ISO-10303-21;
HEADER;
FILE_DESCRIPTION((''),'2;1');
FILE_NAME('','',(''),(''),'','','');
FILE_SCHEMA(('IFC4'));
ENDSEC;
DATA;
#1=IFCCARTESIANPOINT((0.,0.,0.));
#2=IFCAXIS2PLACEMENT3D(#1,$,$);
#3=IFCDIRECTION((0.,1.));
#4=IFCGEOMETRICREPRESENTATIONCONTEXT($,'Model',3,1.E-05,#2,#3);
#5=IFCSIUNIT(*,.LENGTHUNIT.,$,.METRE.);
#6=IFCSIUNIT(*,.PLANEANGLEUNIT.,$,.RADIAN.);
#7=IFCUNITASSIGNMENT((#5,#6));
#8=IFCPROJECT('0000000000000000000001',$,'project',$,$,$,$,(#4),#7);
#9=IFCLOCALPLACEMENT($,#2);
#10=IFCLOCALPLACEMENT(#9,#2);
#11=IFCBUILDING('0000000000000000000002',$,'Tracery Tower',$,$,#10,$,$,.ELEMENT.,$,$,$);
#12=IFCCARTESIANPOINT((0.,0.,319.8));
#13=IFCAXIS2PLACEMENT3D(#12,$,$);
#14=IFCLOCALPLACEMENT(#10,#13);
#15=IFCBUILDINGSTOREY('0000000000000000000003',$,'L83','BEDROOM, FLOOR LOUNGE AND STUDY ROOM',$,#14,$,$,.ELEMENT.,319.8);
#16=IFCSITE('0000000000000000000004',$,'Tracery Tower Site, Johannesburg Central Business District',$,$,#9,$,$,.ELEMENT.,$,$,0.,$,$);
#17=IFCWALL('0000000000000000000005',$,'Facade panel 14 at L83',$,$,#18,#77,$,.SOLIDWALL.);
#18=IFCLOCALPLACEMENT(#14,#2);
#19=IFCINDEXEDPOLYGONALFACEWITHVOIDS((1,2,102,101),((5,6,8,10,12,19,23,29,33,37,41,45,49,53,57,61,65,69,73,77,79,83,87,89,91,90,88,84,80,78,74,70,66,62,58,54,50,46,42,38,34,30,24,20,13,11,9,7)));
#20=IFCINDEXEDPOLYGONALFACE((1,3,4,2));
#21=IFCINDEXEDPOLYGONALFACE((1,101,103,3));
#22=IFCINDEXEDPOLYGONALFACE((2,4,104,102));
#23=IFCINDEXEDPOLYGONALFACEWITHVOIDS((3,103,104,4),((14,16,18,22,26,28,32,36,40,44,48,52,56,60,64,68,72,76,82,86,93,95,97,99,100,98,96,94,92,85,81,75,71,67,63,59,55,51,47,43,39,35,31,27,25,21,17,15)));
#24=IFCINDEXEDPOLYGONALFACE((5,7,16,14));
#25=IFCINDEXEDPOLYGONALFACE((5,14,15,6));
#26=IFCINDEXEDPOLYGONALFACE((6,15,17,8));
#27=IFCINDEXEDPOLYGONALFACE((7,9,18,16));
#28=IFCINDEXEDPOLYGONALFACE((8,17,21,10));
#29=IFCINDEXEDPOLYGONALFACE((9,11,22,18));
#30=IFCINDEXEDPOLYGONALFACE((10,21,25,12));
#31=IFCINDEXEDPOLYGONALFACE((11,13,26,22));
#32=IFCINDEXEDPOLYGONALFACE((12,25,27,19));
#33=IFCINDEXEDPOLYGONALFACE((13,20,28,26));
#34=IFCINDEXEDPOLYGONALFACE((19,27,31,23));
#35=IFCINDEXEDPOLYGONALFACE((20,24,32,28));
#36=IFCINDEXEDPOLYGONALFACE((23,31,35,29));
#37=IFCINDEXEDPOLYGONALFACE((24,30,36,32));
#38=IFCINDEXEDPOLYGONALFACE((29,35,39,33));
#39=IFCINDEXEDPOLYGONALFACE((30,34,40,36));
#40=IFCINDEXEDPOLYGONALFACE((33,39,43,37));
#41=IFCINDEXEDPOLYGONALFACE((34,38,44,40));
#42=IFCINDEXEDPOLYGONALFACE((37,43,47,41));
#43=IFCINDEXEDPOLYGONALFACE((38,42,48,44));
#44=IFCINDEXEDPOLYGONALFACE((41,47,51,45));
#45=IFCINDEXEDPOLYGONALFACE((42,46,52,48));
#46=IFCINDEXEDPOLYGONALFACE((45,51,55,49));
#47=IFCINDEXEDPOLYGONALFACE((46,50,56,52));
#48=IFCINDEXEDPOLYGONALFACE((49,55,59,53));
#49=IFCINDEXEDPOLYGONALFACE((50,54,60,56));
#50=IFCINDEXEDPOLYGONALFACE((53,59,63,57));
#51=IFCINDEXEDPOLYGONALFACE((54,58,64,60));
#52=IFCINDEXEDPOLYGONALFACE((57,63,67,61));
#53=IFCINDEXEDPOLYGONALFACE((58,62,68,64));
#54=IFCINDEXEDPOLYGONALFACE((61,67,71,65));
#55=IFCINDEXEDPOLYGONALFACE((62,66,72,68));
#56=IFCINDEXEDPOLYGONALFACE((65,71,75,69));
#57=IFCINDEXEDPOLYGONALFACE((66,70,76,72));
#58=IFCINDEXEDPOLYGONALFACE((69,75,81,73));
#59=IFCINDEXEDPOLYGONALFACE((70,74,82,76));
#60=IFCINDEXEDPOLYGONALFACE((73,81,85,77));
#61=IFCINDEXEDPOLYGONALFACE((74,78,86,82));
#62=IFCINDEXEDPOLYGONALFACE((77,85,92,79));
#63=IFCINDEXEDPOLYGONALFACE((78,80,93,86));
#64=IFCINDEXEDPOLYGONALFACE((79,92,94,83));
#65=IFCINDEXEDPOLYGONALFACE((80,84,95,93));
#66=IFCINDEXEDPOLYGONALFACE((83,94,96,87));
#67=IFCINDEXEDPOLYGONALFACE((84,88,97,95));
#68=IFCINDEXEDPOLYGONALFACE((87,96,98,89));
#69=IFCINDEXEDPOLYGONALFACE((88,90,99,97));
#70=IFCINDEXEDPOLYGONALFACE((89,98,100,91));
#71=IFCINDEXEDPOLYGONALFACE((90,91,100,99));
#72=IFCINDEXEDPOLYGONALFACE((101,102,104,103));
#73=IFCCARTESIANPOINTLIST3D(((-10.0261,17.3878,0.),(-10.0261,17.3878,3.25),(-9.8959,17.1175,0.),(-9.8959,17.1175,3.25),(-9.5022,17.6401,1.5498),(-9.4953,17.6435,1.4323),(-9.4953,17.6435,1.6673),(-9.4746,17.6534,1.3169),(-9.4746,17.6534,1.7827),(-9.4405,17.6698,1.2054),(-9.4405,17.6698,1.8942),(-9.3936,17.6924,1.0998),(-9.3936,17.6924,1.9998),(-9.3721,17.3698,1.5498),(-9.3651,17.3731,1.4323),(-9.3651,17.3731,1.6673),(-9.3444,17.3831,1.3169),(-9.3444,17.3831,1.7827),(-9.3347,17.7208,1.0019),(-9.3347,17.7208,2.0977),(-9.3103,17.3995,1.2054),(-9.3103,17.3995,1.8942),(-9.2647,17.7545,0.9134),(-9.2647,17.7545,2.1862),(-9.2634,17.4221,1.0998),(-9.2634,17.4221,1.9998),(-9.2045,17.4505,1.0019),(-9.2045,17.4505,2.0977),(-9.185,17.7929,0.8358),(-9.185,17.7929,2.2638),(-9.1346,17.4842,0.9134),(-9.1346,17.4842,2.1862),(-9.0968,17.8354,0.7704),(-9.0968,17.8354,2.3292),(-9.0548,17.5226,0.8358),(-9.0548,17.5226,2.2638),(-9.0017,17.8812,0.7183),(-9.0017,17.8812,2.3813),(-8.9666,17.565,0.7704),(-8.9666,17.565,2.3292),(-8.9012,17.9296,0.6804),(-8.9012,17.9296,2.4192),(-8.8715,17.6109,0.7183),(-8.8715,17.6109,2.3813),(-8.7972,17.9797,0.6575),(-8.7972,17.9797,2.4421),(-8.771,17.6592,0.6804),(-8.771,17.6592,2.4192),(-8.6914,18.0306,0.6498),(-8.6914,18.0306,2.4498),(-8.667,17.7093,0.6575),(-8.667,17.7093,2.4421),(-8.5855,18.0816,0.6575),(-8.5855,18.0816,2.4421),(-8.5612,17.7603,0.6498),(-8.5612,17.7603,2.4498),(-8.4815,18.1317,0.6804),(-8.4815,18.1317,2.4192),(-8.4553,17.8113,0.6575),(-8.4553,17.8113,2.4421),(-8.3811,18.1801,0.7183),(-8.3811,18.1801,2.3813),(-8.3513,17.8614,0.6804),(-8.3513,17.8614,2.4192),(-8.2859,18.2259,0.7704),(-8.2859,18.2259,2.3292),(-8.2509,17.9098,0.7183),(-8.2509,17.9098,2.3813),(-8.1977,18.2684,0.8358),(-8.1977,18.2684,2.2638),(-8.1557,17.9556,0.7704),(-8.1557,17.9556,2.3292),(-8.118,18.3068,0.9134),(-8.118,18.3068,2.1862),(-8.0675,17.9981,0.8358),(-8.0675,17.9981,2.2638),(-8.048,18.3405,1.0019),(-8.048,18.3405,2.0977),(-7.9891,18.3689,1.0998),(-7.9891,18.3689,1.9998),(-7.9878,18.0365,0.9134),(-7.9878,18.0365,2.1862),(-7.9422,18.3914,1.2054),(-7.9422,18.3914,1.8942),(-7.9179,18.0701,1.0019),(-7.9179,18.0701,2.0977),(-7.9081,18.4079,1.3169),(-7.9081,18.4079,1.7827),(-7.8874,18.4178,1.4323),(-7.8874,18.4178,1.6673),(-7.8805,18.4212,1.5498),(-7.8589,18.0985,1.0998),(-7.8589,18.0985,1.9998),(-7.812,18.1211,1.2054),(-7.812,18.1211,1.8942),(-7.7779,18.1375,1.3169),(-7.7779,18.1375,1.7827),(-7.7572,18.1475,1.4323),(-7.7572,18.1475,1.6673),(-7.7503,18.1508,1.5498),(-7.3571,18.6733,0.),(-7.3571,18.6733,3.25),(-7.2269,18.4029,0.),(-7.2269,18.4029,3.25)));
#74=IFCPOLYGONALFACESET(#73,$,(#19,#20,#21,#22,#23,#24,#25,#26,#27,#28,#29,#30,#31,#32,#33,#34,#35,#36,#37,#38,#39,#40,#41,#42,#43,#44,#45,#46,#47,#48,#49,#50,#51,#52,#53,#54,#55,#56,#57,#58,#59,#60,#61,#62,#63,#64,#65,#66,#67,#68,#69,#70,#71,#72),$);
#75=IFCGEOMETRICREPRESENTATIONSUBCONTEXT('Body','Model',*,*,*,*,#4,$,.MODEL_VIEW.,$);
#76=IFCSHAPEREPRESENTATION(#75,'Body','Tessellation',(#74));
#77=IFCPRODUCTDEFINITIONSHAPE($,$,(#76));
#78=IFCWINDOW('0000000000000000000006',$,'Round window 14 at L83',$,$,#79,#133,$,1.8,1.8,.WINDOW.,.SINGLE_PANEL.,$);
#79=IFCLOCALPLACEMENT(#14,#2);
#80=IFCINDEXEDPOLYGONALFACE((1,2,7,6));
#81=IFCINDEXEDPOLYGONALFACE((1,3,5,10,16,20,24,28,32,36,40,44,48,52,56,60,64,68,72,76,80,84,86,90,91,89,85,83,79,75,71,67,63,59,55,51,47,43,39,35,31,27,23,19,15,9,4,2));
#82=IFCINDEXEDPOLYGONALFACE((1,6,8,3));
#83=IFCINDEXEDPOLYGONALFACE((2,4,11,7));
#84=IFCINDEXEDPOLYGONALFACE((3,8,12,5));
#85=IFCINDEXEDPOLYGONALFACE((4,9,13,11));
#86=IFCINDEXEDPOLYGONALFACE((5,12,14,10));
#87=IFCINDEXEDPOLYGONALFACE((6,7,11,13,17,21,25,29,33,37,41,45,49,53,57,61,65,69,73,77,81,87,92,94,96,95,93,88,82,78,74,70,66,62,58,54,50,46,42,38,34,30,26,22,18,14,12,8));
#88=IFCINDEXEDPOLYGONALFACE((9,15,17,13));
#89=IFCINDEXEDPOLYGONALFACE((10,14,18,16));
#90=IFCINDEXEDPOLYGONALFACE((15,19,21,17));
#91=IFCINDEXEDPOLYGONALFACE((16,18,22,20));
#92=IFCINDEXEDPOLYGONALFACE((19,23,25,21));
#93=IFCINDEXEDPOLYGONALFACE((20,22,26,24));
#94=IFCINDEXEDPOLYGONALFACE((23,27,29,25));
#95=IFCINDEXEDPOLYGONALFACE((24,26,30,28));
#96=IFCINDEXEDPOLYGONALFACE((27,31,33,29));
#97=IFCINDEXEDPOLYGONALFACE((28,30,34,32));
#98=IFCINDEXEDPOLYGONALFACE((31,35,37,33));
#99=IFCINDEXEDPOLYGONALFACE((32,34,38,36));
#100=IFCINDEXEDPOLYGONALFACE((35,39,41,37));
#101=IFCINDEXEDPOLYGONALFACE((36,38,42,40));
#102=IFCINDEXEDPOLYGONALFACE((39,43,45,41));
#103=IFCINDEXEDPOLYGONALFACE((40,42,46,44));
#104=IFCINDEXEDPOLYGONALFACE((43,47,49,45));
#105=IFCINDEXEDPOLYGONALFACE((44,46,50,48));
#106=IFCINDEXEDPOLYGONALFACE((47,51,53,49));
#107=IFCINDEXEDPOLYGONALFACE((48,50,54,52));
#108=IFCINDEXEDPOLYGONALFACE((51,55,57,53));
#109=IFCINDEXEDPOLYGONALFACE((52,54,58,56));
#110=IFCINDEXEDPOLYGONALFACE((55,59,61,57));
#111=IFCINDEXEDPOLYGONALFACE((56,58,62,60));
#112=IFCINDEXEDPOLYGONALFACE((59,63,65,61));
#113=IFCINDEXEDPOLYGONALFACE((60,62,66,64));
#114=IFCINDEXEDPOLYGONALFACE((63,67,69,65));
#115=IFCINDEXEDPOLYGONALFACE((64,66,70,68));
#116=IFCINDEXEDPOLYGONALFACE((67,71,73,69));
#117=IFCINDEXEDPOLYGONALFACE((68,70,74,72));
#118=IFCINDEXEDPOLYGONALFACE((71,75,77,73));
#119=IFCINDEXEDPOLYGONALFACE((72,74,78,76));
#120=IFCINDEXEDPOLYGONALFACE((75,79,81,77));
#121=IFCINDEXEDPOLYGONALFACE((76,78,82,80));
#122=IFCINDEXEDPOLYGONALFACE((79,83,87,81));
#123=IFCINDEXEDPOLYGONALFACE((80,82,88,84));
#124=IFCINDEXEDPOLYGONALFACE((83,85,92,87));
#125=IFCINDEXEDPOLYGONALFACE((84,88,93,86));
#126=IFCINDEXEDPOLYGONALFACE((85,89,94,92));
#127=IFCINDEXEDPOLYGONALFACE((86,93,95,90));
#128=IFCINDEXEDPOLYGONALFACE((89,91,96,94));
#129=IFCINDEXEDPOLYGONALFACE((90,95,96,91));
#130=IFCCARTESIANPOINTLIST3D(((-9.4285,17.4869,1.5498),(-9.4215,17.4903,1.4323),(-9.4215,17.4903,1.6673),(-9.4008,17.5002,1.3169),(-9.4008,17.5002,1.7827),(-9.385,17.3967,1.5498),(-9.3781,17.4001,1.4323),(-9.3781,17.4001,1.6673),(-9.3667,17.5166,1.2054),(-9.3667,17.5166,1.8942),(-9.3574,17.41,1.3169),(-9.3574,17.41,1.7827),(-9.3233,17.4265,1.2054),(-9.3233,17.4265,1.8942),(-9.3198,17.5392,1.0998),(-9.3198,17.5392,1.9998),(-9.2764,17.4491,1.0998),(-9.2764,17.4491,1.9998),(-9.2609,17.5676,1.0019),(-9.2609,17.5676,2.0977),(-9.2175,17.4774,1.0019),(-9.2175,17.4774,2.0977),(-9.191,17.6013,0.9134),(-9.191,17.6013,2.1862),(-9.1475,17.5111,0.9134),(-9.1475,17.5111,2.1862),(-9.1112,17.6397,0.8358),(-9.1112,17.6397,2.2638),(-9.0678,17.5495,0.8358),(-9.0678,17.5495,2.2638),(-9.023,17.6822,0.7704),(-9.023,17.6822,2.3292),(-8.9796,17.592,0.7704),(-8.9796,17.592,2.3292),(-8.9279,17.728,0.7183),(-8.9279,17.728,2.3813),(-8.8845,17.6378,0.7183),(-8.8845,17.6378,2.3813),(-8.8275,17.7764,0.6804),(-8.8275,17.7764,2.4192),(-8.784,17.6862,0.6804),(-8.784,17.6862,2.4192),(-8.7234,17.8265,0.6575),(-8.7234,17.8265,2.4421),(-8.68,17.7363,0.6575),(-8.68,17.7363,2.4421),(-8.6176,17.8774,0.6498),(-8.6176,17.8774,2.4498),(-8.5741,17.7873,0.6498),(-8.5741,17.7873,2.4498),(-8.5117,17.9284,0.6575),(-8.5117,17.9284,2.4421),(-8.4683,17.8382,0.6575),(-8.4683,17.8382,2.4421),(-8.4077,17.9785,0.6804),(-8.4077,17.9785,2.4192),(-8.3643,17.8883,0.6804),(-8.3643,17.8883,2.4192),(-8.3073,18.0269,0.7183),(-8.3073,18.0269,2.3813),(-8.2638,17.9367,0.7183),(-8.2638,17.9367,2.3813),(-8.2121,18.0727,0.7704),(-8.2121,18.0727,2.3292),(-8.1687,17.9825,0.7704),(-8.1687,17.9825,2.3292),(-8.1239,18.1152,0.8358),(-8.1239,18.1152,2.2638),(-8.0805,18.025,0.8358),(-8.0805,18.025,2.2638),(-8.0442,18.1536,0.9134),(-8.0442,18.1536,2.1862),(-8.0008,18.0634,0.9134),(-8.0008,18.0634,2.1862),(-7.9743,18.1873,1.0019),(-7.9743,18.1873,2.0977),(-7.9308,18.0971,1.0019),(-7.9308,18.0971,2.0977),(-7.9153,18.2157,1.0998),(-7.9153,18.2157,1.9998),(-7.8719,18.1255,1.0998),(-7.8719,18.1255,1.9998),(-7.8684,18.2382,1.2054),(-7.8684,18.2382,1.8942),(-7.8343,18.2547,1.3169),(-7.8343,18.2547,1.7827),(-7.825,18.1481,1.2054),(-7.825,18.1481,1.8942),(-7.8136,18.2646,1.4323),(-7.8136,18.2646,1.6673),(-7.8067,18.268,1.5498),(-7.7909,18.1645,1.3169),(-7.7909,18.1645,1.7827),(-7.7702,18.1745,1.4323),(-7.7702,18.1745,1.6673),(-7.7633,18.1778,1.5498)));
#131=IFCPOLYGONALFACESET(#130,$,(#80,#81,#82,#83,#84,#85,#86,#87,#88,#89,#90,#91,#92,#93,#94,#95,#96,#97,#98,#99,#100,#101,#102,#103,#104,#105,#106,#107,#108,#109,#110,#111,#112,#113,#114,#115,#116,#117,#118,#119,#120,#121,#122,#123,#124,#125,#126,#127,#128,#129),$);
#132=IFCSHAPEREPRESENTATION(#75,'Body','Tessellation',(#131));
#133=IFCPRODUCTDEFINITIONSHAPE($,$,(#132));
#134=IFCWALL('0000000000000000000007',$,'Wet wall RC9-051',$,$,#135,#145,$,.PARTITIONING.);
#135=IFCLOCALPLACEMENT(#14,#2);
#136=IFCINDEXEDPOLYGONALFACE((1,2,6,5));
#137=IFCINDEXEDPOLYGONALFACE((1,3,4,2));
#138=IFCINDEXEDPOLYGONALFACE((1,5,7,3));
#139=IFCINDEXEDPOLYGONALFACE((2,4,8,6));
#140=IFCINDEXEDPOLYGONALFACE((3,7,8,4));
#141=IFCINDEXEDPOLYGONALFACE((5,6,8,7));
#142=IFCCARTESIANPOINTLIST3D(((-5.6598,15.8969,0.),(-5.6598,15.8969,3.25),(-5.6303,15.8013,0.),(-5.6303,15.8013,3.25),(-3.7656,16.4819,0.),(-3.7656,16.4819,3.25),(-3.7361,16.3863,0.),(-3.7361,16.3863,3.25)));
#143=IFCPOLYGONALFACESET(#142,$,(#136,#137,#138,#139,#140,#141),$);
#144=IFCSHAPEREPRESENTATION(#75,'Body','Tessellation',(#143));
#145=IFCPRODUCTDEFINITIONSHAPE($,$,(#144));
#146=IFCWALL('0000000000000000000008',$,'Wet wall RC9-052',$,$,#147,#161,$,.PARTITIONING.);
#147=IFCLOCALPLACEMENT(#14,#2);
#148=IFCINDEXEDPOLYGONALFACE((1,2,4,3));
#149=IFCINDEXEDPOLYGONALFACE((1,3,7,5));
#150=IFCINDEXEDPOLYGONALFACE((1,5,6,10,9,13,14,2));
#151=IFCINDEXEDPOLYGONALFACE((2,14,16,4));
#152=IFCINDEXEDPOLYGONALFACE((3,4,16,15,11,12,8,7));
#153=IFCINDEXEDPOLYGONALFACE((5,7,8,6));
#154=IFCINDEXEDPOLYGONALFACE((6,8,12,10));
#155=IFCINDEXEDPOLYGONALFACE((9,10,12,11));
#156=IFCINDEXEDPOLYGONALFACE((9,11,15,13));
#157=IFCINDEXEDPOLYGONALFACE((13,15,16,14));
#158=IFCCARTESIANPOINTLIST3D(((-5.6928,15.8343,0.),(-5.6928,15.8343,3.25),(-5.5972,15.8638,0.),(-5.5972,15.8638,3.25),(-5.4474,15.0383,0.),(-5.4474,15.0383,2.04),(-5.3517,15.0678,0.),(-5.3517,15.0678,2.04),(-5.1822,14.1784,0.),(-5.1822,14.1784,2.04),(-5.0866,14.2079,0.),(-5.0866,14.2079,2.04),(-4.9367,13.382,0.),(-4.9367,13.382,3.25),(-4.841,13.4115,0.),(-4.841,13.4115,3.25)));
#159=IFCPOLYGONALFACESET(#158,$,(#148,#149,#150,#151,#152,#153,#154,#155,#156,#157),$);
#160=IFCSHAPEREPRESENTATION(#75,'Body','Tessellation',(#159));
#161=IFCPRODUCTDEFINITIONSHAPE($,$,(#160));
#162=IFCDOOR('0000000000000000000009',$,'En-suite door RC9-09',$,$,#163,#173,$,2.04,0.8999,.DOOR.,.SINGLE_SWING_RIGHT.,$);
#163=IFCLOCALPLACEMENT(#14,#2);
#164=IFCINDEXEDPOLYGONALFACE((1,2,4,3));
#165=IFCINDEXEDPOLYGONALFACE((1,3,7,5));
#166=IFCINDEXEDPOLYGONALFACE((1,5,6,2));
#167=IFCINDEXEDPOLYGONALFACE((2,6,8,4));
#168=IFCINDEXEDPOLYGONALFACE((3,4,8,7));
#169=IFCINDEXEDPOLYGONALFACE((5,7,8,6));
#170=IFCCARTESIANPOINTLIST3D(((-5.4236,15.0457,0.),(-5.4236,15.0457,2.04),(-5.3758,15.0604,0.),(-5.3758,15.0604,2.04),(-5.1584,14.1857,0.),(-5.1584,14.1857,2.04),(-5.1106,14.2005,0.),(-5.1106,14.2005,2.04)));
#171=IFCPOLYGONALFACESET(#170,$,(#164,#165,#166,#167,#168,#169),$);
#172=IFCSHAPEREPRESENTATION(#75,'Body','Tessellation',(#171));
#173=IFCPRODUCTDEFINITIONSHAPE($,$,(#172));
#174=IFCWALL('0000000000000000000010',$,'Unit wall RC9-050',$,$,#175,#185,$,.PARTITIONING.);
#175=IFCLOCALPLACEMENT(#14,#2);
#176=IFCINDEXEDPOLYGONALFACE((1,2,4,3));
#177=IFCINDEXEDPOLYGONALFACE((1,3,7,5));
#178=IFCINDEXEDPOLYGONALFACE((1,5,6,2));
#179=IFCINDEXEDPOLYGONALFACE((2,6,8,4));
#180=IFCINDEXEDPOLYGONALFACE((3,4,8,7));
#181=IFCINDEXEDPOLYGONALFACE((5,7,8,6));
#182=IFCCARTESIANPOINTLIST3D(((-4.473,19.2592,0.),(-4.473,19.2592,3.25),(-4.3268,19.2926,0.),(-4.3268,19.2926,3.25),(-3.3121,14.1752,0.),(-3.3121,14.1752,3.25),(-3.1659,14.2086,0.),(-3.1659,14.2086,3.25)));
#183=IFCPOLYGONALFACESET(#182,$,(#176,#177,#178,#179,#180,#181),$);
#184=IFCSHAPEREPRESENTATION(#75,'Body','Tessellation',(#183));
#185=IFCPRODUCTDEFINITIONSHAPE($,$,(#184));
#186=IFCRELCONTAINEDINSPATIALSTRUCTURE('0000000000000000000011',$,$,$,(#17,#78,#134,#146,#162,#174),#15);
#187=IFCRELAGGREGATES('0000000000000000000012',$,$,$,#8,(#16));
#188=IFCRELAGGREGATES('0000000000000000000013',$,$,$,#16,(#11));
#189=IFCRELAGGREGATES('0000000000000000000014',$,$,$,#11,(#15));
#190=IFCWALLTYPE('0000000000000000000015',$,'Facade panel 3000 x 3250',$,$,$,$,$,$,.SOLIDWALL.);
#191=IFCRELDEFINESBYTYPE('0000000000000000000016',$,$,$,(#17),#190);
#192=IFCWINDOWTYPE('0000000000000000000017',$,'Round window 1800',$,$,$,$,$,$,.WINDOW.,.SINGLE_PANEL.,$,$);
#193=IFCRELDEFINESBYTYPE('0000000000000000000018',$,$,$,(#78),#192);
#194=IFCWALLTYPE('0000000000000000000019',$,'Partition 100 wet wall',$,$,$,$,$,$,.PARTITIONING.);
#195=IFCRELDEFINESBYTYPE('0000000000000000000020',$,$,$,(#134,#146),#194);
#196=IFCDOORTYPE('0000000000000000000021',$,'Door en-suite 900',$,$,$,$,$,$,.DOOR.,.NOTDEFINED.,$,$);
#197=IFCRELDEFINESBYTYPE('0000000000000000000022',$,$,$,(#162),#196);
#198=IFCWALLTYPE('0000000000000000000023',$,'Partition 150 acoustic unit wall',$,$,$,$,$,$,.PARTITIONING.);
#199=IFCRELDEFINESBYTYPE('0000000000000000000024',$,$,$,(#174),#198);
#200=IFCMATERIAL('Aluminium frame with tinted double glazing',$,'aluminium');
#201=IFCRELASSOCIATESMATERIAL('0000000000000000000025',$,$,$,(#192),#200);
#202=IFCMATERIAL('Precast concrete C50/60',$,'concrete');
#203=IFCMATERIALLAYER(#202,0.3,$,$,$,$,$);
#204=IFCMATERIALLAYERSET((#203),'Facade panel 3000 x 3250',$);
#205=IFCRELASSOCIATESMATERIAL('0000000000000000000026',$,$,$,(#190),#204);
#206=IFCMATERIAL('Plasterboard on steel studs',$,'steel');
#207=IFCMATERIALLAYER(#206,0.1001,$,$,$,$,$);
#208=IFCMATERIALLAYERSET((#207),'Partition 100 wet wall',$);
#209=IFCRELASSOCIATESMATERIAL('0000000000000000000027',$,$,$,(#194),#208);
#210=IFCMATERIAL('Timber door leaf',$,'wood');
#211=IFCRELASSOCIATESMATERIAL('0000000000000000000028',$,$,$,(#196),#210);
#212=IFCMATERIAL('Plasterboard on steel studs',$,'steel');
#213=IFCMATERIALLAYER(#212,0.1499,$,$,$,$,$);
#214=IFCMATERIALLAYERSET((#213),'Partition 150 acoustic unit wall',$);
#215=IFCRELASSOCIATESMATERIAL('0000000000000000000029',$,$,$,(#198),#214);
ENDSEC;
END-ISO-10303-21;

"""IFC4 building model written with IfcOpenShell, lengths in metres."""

from ifc_helpers import new_model, si_unit, direction, frame, frame_2d, origin, origin_2d, place, context, subcontext, project, spatial, rectangle, circle, extrude, material, layer, layer_set, type_object, element, fill, save


model = new_model("IFC4")

# Units and contexts
model_context = context("Model", 3, precision=1e-05, world=origin(), true_north=direction((0.0, 1.0)))
body_context = subcontext(model_context, "Body", "Model", "MODEL_VIEW")
ifc_project = project(units=[si_unit("LENGTHUNIT", "METRE"), si_unit("PLANEANGLEUNIT", "RADIAN")], contexts=[model_context])

# Site, building, storey
site_placement = place(None, origin())
site = spatial("IfcSite", under=ifc_project, at=site_placement, Name="Tracery Tower Site, Johannesburg Central Business District", CompositionType="ELEMENT", RefElevation=0.0)
building_placement = place(site_placement, origin())
building = spatial("IfcBuilding", under=site, at=building_placement, Name="Tracery Tower", CompositionType="ELEMENT")
storey_placement = place(building_placement, frame((0.0, 0.0, 319.8)))
storey = spatial("IfcBuildingStorey", under=building, at=storey_placement, Name="L83", Description="BEDROOM, FLOOR LOUNGE AND STUDY ROOM", CompositionType="ELEMENT", Elevation=319.8)

# Wall, opening, window
ifc_material_1 = material(Name="Aluminium frame with tinted double glazing", Category="aluminium")
window_type = type_object("IfcWindowType", Name="Round window 1800", PartitioningType="SINGLE_PANEL", PredefinedType="WINDOW", material=ifc_material_1)
ifc_material_2 = material(Name="Precast concrete C50/60", Category="concrete")
ifc_layer_1 = layer(ifc_material_2, 0.3)
ifc_layer_set_1 = layer_set([ifc_layer_1], Name="Facade panel 3000 x 3250")
wall_type_1 = type_object("IfcWallType", Name="Facade panel 3000 x 3250", PredefinedType="SOLIDWALL", material=ifc_layer_set_1)
wall_1_placement = place(storey_placement, frame((-7.292, 18.5381, 0.0), z_axis=(0.0, 0.0, 1.0), x_axis=(-0.900955, -0.433912, 0.0)))
wall_1 = element("IfcWall", 1, at=wall_1_placement, inside=storey, type_object=wall_type_1, Name="Facade panel 14 at L83", PredefinedType="SOLIDWALL", context=body_context, shape_type="SweptSolid", body=[
    extrude(rectangle(XDim=2.9624, YDim=0.3, at=frame_2d((1.4812, 0.0))), origin(), (0.0, 0.0, 1.0), 3.25),
])
opening_1_placement = place(wall_1_placement, frame((1.481, 0.0, 1.5498)))
opening_1 = element("IfcOpeningElement", 2, at=opening_1_placement, cuts=wall_1, PredefinedType="OPENING", context=body_context, shape_type="SweptSolid", body=[
    extrude(circle(Radius=0.9, at=origin_2d()), frame((0.0, 0.1599, 0.0), z_axis=(0.0, -1.0, 0.0), x_axis=(1.0, 0.0, 0.0)), (0.0, 0.0, 1.0), 0.3201),
])
window_1_placement = place(opening_1_placement, origin())
window_1 = element("IfcWindow", 3, at=window_1_placement, inside=storey, type_object=window_type, Name="Round window 14 at L83", OverallHeight=1.8, OverallWidth=1.8, PartitioningType="SINGLE_PANEL", PredefinedType="WINDOW", context=body_context, shape_type="SweptSolid", body=[
    extrude(circle(Radius=0.9, at=origin_2d()), frame((0.0, 0.1201, 0.0), z_axis=(0.0, -1.0, 0.0), x_axis=(1.0, 0.0, 0.0)), (0.0, 0.0, 1.0), 0.1001),
])
fill(opening_1, window_1)

# Wall
ifc_material_3 = material(Name="Plasterboard on steel studs", Category="steel")
ifc_layer_2 = layer(ifc_material_3, 0.1001)
ifc_layer_set_2 = layer_set([ifc_layer_2], Name="Partition 100 wet wall")
wall_type_2 = type_object("IfcWallType", Name="Partition 100 wet wall", PredefinedType="PARTITIONING", material=ifc_layer_set_2)
wall_2_placement = place(storey_placement, frame((-5.645, 15.8491, 0.0), z_axis=(0.0, 0.0, 1.0), x_axis=(0.95547, 0.29509, 0.0)))
element("IfcWall", 4, at=wall_2_placement, inside=storey, type_object=wall_type_2, Name="Wet wall RC9-051", PredefinedType="PARTITIONING", context=body_context, shape_type="SweptSolid", body=[
    extrude(rectangle(XDim=1.9824, YDim=0.1001, at=frame_2d((0.9912, 0.0))), origin(), (0.0, 0.0, 1.0), 3.25),
])

# Wall, opening, door
wall_3_placement = place(storey_placement, frame((-5.645, 15.8491, 0.0), z_axis=(0.0, 0.0, 1.0), x_axis=(0.294654, -0.955604, 0.0)))
wall_3 = element("IfcWall", 5, at=wall_3_placement, inside=storey, type_object=wall_type_2, Name="Wet wall RC9-052", PredefinedType="PARTITIONING", context=body_context, shape_type="SweptSolid", body=[
    extrude(rectangle(XDim=2.5662, YDim=0.1001, at=frame_2d((1.2832, 0.0))), origin(), (0.0, 0.0, 1.0), 3.25),
])
opening_2_placement = place(wall_3_placement, frame((0.833, 0.0, 0.0)))
opening_2 = element("IfcOpeningElement", 6, at=opening_2_placement, cuts=wall_3, PredefinedType="OPENING", context=body_context, shape_type="SweptSolid", body=[
    extrude(rectangle(XDim=0.8999, YDim=2.04, at=frame_2d((0.45, 1.02))), frame((0.0, 0.05, 0.0), z_axis=(0.0, -1.0, 0.0), x_axis=(1.0, 0.0, 0.0)), (0.0, 0.0, 1.0), 0.1001),
])
ifc_material_4 = material(Name="Timber door leaf", Category="wood")
door_type_1 = type_object("IfcDoorType", Name="Door en-suite 900", OperationType="NOTDEFINED", PredefinedType="DOOR", material=ifc_material_4)
door_1_placement = place(opening_2_placement, origin())
door_1 = element("IfcDoor", 7, at=door_1_placement, inside=storey, type_object=door_type_1, Name="En-suite door RC9-09", OperationType="SINGLE_SWING_RIGHT", OverallHeight=2.04, OverallWidth=0.8999, PredefinedType="DOOR", context=body_context, shape_type="SweptSolid", body=[
    extrude(rectangle(XDim=0.8999, YDim=2.04, at=frame_2d((0.45, 1.02))), frame((0.0, 0.0249, 0.0), z_axis=(0.0, -1.0, 0.0), x_axis=(1.0, 0.0, 0.0)), (0.0, 0.0, 1.0), 0.05),
])
fill(opening_2, door_1)

# Wall
ifc_material_5 = material(Name="Plasterboard on steel studs", Category="steel")
ifc_layer_3 = layer(ifc_material_5, 0.1499)
ifc_layer_set_3 = layer_set([ifc_layer_3], Name="Partition 150 acoustic unit wall")
wall_type_3 = type_object("IfcWallType", Name="Partition 150 acoustic unit wall", PredefinedType="PARTITIONING", material=ifc_layer_set_3)
wall_4_placement = place(storey_placement, frame((-4.3999, 19.2759, 0.0), z_axis=(0.0, 0.0, 1.0), x_axis=(0.222613, -0.974907, 0.0)))
element("IfcWall", 8, at=wall_4_placement, inside=storey, type_object=wall_type_3, Name="Unit wall RC9-050", PredefinedType="PARTITIONING", context=body_context, shape_type="SweptSolid", body=[
    extrude(rectangle(XDim=5.2148, YDim=0.1499, at=frame_2d((2.6074, 0.0))), origin(), (0.0, 0.0, 1.0), 3.25),
])

save(model, "model.ifc")
